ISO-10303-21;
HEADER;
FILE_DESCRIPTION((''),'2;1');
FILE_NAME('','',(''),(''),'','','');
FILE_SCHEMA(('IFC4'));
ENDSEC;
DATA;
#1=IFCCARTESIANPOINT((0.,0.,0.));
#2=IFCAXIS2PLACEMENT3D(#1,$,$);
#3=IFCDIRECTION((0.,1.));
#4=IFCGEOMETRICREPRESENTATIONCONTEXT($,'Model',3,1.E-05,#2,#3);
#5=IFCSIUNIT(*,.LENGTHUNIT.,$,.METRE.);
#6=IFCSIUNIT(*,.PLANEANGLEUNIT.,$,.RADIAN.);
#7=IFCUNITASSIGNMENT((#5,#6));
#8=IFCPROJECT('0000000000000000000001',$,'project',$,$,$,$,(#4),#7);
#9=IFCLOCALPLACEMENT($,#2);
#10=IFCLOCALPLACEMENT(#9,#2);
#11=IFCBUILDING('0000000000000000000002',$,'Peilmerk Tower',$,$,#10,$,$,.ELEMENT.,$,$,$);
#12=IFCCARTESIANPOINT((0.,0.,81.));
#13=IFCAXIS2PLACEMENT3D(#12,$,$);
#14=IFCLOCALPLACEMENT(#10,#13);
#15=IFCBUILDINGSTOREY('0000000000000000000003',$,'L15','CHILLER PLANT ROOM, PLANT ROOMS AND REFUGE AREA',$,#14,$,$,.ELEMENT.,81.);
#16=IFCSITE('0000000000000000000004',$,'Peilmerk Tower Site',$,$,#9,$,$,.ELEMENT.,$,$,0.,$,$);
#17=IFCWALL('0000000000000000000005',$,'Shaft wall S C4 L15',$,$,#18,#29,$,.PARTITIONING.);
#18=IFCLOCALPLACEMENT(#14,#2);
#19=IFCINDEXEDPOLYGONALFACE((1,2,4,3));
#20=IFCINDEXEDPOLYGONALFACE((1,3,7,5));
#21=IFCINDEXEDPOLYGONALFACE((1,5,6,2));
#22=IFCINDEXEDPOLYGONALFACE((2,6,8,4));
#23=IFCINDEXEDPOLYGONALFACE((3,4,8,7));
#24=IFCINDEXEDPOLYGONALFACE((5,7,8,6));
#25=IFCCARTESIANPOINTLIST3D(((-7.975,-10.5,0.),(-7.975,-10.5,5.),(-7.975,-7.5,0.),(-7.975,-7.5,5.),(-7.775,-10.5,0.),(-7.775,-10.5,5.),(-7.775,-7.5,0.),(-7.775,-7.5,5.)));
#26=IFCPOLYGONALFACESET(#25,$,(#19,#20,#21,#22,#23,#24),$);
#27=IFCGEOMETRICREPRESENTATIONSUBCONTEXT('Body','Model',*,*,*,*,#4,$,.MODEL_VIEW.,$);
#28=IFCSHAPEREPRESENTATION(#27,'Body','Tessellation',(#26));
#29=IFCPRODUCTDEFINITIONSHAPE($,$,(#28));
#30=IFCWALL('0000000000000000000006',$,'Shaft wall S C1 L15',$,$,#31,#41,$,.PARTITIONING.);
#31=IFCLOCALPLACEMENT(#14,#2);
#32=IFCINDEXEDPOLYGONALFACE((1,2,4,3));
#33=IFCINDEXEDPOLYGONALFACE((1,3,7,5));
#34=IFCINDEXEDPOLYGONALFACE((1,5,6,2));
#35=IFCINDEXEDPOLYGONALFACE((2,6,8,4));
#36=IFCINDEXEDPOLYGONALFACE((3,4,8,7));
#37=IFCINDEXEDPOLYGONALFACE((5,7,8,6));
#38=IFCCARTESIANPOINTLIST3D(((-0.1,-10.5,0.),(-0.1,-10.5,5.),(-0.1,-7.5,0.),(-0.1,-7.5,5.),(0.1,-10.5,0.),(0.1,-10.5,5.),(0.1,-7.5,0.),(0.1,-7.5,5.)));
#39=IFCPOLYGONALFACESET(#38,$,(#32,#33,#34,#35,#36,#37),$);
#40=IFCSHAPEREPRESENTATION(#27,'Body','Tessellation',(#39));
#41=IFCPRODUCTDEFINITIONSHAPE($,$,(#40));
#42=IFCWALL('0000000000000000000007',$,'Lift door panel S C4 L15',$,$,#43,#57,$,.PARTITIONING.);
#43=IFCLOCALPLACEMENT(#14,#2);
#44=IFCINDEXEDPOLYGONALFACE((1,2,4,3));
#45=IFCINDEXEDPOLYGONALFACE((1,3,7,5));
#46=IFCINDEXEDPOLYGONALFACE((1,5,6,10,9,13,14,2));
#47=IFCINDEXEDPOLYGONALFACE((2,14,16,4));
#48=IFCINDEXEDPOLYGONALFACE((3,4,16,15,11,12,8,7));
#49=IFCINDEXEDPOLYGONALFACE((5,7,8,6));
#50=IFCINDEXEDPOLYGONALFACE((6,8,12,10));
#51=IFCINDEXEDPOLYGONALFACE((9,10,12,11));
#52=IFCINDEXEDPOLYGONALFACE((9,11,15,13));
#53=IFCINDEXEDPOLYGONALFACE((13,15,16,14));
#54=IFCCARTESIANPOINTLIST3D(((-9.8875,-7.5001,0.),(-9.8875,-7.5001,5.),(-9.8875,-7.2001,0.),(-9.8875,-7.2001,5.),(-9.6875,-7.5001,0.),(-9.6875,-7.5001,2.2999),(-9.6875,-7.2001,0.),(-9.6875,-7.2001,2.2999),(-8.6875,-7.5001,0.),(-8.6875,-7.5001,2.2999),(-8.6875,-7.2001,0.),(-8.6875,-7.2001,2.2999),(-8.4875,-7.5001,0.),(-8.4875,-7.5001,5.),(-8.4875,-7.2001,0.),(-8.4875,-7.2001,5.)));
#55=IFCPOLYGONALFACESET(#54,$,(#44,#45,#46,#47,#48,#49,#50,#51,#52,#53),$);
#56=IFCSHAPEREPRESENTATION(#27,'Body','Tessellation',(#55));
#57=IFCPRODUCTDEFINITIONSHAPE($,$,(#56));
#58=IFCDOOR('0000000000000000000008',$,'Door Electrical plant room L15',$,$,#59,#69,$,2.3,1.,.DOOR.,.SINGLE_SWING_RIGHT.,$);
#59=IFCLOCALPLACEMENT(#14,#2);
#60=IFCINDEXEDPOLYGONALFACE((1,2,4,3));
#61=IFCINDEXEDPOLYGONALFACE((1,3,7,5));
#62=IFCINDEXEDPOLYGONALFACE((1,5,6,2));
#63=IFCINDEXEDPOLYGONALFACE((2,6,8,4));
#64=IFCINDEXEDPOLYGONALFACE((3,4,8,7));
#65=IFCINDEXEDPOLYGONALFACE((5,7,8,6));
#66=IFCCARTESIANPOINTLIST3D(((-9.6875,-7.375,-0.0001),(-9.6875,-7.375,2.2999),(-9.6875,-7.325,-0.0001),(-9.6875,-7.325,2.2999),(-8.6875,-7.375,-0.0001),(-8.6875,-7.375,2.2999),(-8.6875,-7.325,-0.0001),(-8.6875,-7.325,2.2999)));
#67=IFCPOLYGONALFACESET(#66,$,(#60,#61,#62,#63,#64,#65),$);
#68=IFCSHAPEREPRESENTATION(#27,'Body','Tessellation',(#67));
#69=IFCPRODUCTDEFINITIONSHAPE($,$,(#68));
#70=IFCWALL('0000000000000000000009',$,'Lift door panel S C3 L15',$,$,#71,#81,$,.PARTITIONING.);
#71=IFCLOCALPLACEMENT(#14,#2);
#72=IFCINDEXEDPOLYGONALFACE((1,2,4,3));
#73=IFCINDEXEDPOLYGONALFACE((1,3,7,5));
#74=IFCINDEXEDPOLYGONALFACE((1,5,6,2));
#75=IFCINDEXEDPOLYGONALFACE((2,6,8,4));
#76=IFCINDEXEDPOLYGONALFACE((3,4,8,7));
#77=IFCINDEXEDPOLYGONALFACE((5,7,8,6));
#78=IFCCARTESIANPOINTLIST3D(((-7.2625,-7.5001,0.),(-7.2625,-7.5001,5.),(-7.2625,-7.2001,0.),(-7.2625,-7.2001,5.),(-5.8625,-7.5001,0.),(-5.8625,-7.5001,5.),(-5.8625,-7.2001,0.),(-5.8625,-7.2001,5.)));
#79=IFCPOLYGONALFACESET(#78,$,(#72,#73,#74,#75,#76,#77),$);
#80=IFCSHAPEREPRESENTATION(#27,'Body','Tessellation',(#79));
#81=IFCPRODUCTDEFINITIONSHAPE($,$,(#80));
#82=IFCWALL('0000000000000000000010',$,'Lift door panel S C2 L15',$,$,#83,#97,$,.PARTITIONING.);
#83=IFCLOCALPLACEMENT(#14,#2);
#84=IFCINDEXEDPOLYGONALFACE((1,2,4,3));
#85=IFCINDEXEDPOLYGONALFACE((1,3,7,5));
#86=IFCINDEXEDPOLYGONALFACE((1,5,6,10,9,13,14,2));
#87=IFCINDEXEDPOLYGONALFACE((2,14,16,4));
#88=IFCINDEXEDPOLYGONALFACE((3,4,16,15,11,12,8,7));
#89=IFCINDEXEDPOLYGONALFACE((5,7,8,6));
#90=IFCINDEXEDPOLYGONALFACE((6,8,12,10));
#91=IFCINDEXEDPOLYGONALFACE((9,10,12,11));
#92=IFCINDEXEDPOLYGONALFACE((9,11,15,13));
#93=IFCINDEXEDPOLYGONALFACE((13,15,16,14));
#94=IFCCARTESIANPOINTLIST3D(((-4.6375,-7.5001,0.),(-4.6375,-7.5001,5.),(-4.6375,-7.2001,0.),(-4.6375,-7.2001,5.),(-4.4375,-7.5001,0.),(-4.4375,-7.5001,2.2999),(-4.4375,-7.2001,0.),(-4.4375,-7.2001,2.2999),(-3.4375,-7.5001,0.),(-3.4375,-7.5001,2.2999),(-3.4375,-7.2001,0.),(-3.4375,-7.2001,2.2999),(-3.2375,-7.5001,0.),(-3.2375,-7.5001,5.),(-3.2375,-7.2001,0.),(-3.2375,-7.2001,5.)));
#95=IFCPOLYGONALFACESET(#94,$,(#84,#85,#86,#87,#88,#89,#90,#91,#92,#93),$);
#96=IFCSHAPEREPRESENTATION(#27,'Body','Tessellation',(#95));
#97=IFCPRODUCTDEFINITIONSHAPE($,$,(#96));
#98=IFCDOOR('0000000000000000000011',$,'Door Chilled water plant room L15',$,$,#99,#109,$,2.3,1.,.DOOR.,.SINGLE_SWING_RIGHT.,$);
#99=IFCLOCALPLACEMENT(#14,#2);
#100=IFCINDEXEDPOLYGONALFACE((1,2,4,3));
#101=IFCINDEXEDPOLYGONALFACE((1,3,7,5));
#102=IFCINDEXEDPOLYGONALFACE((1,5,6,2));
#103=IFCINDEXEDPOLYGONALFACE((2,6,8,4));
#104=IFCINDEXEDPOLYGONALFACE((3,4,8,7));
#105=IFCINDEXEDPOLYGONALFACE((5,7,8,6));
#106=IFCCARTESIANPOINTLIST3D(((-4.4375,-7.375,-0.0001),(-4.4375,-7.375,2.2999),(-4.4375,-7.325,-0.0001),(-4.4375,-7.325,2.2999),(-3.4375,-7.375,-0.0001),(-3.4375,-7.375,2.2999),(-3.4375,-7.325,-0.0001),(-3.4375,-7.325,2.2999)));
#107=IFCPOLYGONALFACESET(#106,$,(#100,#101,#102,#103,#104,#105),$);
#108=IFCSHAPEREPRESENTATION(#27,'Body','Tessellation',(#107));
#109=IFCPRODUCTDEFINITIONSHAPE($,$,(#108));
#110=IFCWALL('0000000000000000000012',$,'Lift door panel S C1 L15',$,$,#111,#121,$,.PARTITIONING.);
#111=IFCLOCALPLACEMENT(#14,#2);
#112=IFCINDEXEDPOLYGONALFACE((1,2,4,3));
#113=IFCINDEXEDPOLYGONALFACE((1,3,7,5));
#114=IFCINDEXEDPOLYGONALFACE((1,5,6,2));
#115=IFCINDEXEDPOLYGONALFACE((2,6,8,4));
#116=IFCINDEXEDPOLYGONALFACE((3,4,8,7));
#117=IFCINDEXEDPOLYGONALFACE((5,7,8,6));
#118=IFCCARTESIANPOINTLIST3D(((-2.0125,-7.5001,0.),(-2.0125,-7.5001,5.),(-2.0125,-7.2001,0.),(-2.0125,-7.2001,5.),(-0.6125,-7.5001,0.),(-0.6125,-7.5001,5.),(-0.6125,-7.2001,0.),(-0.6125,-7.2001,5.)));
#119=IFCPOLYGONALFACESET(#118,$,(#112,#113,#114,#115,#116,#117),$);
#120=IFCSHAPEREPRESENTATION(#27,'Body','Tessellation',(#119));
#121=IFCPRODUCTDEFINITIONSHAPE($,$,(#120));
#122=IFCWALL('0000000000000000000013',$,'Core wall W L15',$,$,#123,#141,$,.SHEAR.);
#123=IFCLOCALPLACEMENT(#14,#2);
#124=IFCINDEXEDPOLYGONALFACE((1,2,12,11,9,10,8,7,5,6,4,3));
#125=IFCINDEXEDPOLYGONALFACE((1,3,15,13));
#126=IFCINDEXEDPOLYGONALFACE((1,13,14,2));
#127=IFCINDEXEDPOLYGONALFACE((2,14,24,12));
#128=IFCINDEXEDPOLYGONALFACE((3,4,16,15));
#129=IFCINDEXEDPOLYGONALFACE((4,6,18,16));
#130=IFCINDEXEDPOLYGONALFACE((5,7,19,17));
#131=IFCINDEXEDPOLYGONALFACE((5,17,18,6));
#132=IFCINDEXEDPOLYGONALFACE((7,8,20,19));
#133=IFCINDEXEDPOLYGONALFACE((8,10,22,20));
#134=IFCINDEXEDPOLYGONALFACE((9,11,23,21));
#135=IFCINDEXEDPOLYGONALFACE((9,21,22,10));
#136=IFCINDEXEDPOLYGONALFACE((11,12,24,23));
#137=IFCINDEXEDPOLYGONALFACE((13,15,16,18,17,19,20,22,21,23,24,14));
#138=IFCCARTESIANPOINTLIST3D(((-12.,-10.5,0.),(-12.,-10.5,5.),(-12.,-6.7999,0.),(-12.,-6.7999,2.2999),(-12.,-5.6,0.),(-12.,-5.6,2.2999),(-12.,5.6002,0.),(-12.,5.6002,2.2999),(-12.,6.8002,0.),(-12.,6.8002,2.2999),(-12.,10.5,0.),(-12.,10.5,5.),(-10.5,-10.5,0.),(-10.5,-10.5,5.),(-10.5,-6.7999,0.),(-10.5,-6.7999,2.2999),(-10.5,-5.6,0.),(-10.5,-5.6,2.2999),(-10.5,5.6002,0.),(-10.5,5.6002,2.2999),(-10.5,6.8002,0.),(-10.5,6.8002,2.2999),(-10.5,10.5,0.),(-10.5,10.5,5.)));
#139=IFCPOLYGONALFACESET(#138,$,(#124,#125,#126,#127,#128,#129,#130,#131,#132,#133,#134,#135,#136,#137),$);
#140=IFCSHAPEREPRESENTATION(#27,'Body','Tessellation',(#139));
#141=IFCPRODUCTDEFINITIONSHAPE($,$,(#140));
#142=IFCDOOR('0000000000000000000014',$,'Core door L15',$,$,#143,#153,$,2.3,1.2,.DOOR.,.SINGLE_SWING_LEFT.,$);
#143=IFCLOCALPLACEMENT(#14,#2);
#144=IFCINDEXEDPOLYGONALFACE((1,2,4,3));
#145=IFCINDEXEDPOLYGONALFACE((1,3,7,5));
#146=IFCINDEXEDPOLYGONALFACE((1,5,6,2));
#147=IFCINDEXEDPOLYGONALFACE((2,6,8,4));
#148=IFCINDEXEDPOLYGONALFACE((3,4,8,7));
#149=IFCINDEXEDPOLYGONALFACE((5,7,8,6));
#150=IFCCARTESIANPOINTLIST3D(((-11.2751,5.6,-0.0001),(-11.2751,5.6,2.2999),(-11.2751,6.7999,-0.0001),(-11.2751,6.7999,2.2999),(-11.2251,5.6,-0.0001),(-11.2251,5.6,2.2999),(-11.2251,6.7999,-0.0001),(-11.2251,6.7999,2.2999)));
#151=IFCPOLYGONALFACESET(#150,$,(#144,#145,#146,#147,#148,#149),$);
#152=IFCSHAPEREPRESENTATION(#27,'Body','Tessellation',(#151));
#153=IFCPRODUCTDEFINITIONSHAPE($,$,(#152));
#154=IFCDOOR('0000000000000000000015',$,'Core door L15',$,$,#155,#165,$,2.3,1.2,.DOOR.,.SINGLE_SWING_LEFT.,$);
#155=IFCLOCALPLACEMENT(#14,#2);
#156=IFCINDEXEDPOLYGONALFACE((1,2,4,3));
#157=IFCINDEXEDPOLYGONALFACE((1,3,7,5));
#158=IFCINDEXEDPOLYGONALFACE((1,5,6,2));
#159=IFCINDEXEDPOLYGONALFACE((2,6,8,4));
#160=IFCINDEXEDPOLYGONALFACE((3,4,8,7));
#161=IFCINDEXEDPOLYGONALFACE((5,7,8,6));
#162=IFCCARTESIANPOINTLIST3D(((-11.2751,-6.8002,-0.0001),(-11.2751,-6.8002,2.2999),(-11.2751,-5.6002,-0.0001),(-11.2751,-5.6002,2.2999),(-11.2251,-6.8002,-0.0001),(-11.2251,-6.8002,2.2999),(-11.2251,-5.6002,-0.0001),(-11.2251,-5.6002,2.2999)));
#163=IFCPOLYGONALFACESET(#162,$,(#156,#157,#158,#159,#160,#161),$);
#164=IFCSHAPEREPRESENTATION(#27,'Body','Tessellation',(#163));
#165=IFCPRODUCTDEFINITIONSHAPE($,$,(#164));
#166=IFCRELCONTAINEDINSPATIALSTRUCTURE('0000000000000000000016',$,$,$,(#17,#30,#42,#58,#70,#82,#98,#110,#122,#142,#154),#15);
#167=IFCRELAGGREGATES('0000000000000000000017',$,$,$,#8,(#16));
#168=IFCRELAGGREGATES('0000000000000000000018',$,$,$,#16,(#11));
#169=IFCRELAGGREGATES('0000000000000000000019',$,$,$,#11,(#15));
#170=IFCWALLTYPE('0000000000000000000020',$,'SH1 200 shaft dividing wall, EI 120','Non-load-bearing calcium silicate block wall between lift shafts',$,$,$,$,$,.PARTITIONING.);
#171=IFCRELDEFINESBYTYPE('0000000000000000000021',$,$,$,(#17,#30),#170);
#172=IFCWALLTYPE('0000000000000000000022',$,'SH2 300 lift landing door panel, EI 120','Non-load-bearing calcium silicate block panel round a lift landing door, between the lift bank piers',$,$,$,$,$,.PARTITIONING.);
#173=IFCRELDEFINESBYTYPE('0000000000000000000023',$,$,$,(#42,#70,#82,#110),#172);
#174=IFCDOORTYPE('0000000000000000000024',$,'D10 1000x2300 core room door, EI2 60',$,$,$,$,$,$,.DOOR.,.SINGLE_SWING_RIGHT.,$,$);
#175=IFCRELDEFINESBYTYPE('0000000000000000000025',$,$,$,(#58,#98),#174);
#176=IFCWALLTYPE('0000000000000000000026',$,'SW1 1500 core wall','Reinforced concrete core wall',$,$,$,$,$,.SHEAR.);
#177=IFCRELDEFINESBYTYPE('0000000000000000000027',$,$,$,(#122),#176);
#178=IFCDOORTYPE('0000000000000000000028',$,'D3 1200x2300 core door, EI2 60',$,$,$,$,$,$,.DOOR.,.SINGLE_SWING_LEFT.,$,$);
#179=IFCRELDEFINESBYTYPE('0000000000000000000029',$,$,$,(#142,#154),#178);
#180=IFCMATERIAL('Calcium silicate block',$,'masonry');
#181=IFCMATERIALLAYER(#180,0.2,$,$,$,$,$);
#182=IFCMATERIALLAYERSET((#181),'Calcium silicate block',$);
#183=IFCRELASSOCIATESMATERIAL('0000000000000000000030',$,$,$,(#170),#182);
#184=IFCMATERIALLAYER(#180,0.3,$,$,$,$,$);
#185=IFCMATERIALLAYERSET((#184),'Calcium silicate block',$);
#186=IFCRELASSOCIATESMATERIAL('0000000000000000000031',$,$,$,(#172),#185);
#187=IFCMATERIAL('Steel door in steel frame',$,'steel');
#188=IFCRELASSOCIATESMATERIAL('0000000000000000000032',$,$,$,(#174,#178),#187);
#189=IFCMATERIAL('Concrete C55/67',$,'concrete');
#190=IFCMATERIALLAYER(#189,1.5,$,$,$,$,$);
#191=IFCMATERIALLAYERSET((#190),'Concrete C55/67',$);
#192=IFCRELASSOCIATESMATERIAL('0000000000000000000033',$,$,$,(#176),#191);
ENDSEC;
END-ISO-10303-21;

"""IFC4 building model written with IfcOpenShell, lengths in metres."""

from ifc_helpers import new_model, si_unit, direction, frame, frame_2d, origin, place, context, subcontext, project, spatial, rectangle, extrude, material, layer, layer_set, type_object, element, fill, save


model = new_model("IFC4")

# Units and contexts
model_context = context("Model", 3, precision=1e-05, world=origin(), true_north=direction((0.0, 1.0)))
body_context = subcontext(model_context, "Body", "Model", "MODEL_VIEW")
ifc_project = project(units=[si_unit("LENGTHUNIT", "METRE"), si_unit("PLANEANGLEUNIT", "RADIAN")], contexts=[model_context])

# Site, building, storey
site_placement = place(None, origin())
site = spatial("IfcSite", under=ifc_project, at=site_placement, Name="Peilmerk Tower Site", CompositionType="ELEMENT", RefElevation=0.0)
building_placement = place(site_placement, origin())
building = spatial("IfcBuilding", under=site, at=building_placement, Name="Peilmerk Tower", CompositionType="ELEMENT")
storey_placement = place(building_placement, frame((0.0, 0.0, 81.0)))
storey = spatial("IfcBuildingStorey", under=building, at=storey_placement, Name="L15", Description="CHILLER PLANT ROOM, PLANT ROOMS AND REFUGE AREA", CompositionType="ELEMENT", Elevation=81.0)

# Walls
ifc_material_1 = material(Name="Calcium silicate block", Category="masonry")
ifc_layer_1 = layer(ifc_material_1, 0.2)
ifc_layer_set_1 = layer_set([ifc_layer_1], Name="Calcium silicate block")
wall_type_1 = type_object("IfcWallType", Name="SH1 200 shaft dividing wall, EI 120", Description="Non-load-bearing calcium silicate block wall between lift shafts", PredefinedType="PARTITIONING", material=ifc_layer_set_1)
for number, where, z_axis, x_axis, name in (
    (1, (-7.875, -10.5, 0.0), (0.0, 0.0, 1.0), (0.0, 1.0, 0.0), "Shaft wall S C4 L15"),
    (2, (0.0, -10.5, 0.0), (0.0, 0.0, 1.0), (0.0, 1.0, 0.0), "Shaft wall S C1 L15"),
):
    element("IfcWall", number, at=place(storey_placement, frame(where, z_axis=z_axis, x_axis=x_axis)), inside=storey, type_object=wall_type_1, Name=name, PredefinedType="PARTITIONING", context=body_context, shape_type="SweptSolid", body=[
        extrude(rectangle(XDim=3.0, YDim=0.2, at=frame_2d((1.5, 0.0))), origin(), (0.0, 0.0, 1.0), 5.0),
    ])

# Wall, opening, door
ifc_layer_2 = layer(ifc_material_1, 0.3)
ifc_layer_set_2 = layer_set([ifc_layer_2], Name="Calcium silicate block")
wall_type_2 = type_object("IfcWallType", Name="SH2 300 lift landing door panel, EI 120", Description="Non-load-bearing calcium silicate block panel round a lift landing door, between the lift bank piers", PredefinedType="PARTITIONING", material=ifc_layer_set_2)
wall_1_placement = place(storey_placement, frame((-9.8875, -7.3501, 0.0), z_axis=(0.0, 0.0, 1.0), x_axis=(1.0, 0.0, 0.0)))
wall_1 = element("IfcWall", 3, at=wall_1_placement, inside=storey, type_object=wall_type_2, Name="Lift door panel S C4 L15", PredefinedType="PARTITIONING", context=body_context, shape_type="SweptSolid", body=[
    extrude(rectangle(XDim=1.3999, YDim=0.3, at=frame_2d((0.7, 0.0))), origin(), (0.0, 0.0, 1.0), 5.0),
])
opening_1_placement = place(wall_1_placement, frame((0.2, 0.0, 0.0)))
opening_1 = element("IfcOpeningElement", 4, at=opening_1_placement, cuts=wall_1, PredefinedType="OPENING", context=body_context, shape_type="SweptSolid", body=[
    extrude(rectangle(XDim=1.0, YDim=2.3, at=frame_2d((0.5, 1.1499))), frame((0.0, 0.1599, 0.0), z_axis=(0.0, -1.0, 0.0), x_axis=(1.0, 0.0, 0.0)), (0.0, 0.0, 1.0), 0.3201),
])
ifc_material_2 = material(Name="Steel door in steel frame", Category="steel")
door_type_1 = type_object("IfcDoorType", Name="D10 1000x2300 core room door, EI2 60", OperationType="SINGLE_SWING_RIGHT", PredefinedType="DOOR", material=ifc_material_2)
door_1_placement = place(opening_1_placement, frame((1.0, 0.0, 0.0), z_axis=(0.0, 0.0, 1.0), x_axis=(-1.0, 0.0, 0.0)))
door_1 = element("IfcDoor", 5, at=door_1_placement, inside=storey, type_object=door_type_1, Name="Door Electrical plant room L15", OperationType="SINGLE_SWING_RIGHT", OverallHeight=2.3, OverallWidth=1.0, PredefinedType="DOOR", context=body_context, shape_type="SweptSolid", body=[
    extrude(rectangle(XDim=1.0, YDim=2.3, at=frame_2d((0.5, 1.1499))), frame((0.0, 0.0249, 0.0), z_axis=(0.0, -1.0, 0.0), x_axis=(1.0, 0.0, 0.0)), (0.0, 0.0, 1.0), 0.05),
])
fill(opening_1, door_1)

# Wall
wall_2_placement = place(storey_placement, frame((-7.2625, -7.3501, 0.0), z_axis=(0.0, 0.0, 1.0), x_axis=(1.0, 0.0, 0.0)))
element("IfcWall", 6, at=wall_2_placement, inside=storey, type_object=wall_type_2, Name="Lift door panel S C3 L15", PredefinedType="PARTITIONING", context=body_context, shape_type="SweptSolid", body=[
    extrude(rectangle(XDim=1.3999, YDim=0.3, at=frame_2d((0.7, 0.0))), origin(), (0.0, 0.0, 1.0), 5.0),
])

# Wall, opening, door
wall_3_placement = place(storey_placement, frame((-4.6375, -7.3501, 0.0), z_axis=(0.0, 0.0, 1.0), x_axis=(1.0, 0.0, 0.0)))
wall_3 = element("IfcWall", 7, at=wall_3_placement, inside=storey, type_object=wall_type_2, Name="Lift door panel S C2 L15", PredefinedType="PARTITIONING", context=body_context, shape_type="SweptSolid", body=[
    extrude(rectangle(XDim=1.3999, YDim=0.3, at=frame_2d((0.7, 0.0))), origin(), (0.0, 0.0, 1.0), 5.0),
])
opening_2_placement = place(wall_3_placement, frame((0.2, 0.0, 0.0)))
opening_2 = element("IfcOpeningElement", 8, at=opening_2_placement, cuts=wall_3, PredefinedType="OPENING", context=body_context, shape_type="SweptSolid", body=[
    extrude(rectangle(XDim=1.0, YDim=2.3, at=frame_2d((0.5, 1.1499))), frame((0.0, 0.1599, 0.0), z_axis=(0.0, -1.0, 0.0), x_axis=(1.0, 0.0, 0.0)), (0.0, 0.0, 1.0), 0.3201),
])
door_2_placement = place(opening_2_placement, frame((1.0, 0.0, 0.0), z_axis=(0.0, 0.0, 1.0), x_axis=(-1.0, 0.0, 0.0)))
door_2 = element("IfcDoor", 9, at=door_2_placement, inside=storey, type_object=door_type_1, Name="Door Chilled water plant room L15", OperationType="SINGLE_SWING_RIGHT", OverallHeight=2.3, OverallWidth=1.0, PredefinedType="DOOR", context=body_context, shape_type="SweptSolid", body=[
    extrude(rectangle(XDim=1.0, YDim=2.3, at=frame_2d((0.5, 1.1499))), frame((0.0, 0.0249, 0.0), z_axis=(0.0, -1.0, 0.0), x_axis=(1.0, 0.0, 0.0)), (0.0, 0.0, 1.0), 0.05),
])
fill(opening_2, door_2)

# Wall
wall_4_placement = place(storey_placement, frame((-2.0125, -7.3501, 0.0), z_axis=(0.0, 0.0, 1.0), x_axis=(1.0, 0.0, 0.0)))
element("IfcWall", 10, at=wall_4_placement, inside=storey, type_object=wall_type_2, Name="Lift door panel S C1 L15", PredefinedType="PARTITIONING", context=body_context, shape_type="SweptSolid", body=[
    extrude(rectangle(XDim=1.3999, YDim=0.3, at=frame_2d((0.7, 0.0))), origin(), (0.0, 0.0, 1.0), 5.0),
])

# Wall, openings, doors
ifc_material_3 = material(Name="Concrete C55/67", Category="concrete")
ifc_layer_3 = layer(ifc_material_3, 1.5)
ifc_layer_set_3 = layer_set([ifc_layer_3], Name="Concrete C55/67")
wall_type_3 = type_object("IfcWallType", Name="SW1 1500 core wall", Description="Reinforced concrete core wall", PredefinedType="SHEAR", material=ifc_layer_set_3)
wall_5_placement = place(storey_placement, frame((-11.25, -10.5, 0.0), z_axis=(0.0, 0.0, 1.0), x_axis=(0.0, 1.0, 0.0)))
wall_5 = element("IfcWall", 11, at=wall_5_placement, inside=storey, type_object=wall_type_3, Name="Core wall W L15", PredefinedType="SHEAR", context=body_context, shape_type="SweptSolid", body=[
    extrude(rectangle(XDim=21.0, YDim=1.5, at=frame_2d((10.5, 0.0))), origin(), (0.0, 0.0, 1.0), 5.0),
])
opening_3_placement = place(wall_5_placement, frame((16.1001, 0.0, 0.0)))
opening_3 = element("IfcOpeningElement", 12, at=opening_3_placement, cuts=wall_5, PredefinedType="OPENING", context=body_context, shape_type="SweptSolid", body=[
    extrude(rectangle(XDim=1.2, YDim=2.3, at=frame_2d((0.6001, 1.1499))), frame((0.0, 0.76, 0.0), z_axis=(0.0, -1.0, 0.0), x_axis=(1.0, 0.0, 0.0)), (0.0, 0.0, 1.0), 1.52),
])
opening_4_placement = place(wall_5_placement, frame((3.7, 0.0, 0.0)))
opening_4 = element("IfcOpeningElement", 13, at=opening_4_placement, cuts=wall_5, PredefinedType="OPENING", context=body_context, shape_type="SweptSolid", body=[
    extrude(rectangle(XDim=1.2, YDim=2.3, at=frame_2d((0.6001, 1.1499))), frame((0.0, 0.76, 0.0), z_axis=(0.0, -1.0, 0.0), x_axis=(1.0, 0.0, 0.0)), (0.0, 0.0, 1.0), 1.52),
])
door_type_2 = type_object("IfcDoorType", Name="D3 1200x2300 core door, EI2 60", OperationType="SINGLE_SWING_LEFT", PredefinedType="DOOR", material=ifc_material_2)
door_3_placement = place(opening_3_placement, frame((1.2, 0.0, 0.0), z_axis=(0.0, 0.0, 1.0), x_axis=(-1.0, 0.0, 0.0)))
door_3 = element("IfcDoor", 14, at=door_3_placement, inside=storey, type_object=door_type_2, Name="Core door L15", OperationType="SINGLE_SWING_LEFT", OverallHeight=2.3, OverallWidth=1.2, PredefinedType="DOOR", context=body_context, shape_type="SweptSolid", body=[
    extrude(rectangle(XDim=1.2, YDim=2.3, at=frame_2d((0.6001, 1.1499))), frame((0.0, 0.0249, 0.0), z_axis=(0.0, -1.0, 0.0), x_axis=(1.0, 0.0, 0.0)), (0.0, 0.0, 1.0), 0.05),
])
fill(opening_3, door_3)
door_4_placement = place(opening_4_placement, frame((1.2, 0.0, 0.0), z_axis=(0.0, 0.0, 1.0), x_axis=(-1.0, 0.0, 0.0)))
door_4 = element("IfcDoor", 15, at=door_4_placement, inside=storey, type_object=door_type_2, Name="Core door L15", OperationType="SINGLE_SWING_LEFT", OverallHeight=2.3, OverallWidth=1.2, PredefinedType="DOOR", context=body_context, shape_type="SweptSolid", body=[
    extrude(rectangle(XDim=1.2, YDim=2.3, at=frame_2d((0.6001, 1.1499))), frame((0.0, 0.0249, 0.0), z_axis=(0.0, -1.0, 0.0), x_axis=(1.0, 0.0, 0.0)), (0.0, 0.0, 1.0), 0.05),
])
fill(opening_4, door_4)

save(model, "model.ifc")
